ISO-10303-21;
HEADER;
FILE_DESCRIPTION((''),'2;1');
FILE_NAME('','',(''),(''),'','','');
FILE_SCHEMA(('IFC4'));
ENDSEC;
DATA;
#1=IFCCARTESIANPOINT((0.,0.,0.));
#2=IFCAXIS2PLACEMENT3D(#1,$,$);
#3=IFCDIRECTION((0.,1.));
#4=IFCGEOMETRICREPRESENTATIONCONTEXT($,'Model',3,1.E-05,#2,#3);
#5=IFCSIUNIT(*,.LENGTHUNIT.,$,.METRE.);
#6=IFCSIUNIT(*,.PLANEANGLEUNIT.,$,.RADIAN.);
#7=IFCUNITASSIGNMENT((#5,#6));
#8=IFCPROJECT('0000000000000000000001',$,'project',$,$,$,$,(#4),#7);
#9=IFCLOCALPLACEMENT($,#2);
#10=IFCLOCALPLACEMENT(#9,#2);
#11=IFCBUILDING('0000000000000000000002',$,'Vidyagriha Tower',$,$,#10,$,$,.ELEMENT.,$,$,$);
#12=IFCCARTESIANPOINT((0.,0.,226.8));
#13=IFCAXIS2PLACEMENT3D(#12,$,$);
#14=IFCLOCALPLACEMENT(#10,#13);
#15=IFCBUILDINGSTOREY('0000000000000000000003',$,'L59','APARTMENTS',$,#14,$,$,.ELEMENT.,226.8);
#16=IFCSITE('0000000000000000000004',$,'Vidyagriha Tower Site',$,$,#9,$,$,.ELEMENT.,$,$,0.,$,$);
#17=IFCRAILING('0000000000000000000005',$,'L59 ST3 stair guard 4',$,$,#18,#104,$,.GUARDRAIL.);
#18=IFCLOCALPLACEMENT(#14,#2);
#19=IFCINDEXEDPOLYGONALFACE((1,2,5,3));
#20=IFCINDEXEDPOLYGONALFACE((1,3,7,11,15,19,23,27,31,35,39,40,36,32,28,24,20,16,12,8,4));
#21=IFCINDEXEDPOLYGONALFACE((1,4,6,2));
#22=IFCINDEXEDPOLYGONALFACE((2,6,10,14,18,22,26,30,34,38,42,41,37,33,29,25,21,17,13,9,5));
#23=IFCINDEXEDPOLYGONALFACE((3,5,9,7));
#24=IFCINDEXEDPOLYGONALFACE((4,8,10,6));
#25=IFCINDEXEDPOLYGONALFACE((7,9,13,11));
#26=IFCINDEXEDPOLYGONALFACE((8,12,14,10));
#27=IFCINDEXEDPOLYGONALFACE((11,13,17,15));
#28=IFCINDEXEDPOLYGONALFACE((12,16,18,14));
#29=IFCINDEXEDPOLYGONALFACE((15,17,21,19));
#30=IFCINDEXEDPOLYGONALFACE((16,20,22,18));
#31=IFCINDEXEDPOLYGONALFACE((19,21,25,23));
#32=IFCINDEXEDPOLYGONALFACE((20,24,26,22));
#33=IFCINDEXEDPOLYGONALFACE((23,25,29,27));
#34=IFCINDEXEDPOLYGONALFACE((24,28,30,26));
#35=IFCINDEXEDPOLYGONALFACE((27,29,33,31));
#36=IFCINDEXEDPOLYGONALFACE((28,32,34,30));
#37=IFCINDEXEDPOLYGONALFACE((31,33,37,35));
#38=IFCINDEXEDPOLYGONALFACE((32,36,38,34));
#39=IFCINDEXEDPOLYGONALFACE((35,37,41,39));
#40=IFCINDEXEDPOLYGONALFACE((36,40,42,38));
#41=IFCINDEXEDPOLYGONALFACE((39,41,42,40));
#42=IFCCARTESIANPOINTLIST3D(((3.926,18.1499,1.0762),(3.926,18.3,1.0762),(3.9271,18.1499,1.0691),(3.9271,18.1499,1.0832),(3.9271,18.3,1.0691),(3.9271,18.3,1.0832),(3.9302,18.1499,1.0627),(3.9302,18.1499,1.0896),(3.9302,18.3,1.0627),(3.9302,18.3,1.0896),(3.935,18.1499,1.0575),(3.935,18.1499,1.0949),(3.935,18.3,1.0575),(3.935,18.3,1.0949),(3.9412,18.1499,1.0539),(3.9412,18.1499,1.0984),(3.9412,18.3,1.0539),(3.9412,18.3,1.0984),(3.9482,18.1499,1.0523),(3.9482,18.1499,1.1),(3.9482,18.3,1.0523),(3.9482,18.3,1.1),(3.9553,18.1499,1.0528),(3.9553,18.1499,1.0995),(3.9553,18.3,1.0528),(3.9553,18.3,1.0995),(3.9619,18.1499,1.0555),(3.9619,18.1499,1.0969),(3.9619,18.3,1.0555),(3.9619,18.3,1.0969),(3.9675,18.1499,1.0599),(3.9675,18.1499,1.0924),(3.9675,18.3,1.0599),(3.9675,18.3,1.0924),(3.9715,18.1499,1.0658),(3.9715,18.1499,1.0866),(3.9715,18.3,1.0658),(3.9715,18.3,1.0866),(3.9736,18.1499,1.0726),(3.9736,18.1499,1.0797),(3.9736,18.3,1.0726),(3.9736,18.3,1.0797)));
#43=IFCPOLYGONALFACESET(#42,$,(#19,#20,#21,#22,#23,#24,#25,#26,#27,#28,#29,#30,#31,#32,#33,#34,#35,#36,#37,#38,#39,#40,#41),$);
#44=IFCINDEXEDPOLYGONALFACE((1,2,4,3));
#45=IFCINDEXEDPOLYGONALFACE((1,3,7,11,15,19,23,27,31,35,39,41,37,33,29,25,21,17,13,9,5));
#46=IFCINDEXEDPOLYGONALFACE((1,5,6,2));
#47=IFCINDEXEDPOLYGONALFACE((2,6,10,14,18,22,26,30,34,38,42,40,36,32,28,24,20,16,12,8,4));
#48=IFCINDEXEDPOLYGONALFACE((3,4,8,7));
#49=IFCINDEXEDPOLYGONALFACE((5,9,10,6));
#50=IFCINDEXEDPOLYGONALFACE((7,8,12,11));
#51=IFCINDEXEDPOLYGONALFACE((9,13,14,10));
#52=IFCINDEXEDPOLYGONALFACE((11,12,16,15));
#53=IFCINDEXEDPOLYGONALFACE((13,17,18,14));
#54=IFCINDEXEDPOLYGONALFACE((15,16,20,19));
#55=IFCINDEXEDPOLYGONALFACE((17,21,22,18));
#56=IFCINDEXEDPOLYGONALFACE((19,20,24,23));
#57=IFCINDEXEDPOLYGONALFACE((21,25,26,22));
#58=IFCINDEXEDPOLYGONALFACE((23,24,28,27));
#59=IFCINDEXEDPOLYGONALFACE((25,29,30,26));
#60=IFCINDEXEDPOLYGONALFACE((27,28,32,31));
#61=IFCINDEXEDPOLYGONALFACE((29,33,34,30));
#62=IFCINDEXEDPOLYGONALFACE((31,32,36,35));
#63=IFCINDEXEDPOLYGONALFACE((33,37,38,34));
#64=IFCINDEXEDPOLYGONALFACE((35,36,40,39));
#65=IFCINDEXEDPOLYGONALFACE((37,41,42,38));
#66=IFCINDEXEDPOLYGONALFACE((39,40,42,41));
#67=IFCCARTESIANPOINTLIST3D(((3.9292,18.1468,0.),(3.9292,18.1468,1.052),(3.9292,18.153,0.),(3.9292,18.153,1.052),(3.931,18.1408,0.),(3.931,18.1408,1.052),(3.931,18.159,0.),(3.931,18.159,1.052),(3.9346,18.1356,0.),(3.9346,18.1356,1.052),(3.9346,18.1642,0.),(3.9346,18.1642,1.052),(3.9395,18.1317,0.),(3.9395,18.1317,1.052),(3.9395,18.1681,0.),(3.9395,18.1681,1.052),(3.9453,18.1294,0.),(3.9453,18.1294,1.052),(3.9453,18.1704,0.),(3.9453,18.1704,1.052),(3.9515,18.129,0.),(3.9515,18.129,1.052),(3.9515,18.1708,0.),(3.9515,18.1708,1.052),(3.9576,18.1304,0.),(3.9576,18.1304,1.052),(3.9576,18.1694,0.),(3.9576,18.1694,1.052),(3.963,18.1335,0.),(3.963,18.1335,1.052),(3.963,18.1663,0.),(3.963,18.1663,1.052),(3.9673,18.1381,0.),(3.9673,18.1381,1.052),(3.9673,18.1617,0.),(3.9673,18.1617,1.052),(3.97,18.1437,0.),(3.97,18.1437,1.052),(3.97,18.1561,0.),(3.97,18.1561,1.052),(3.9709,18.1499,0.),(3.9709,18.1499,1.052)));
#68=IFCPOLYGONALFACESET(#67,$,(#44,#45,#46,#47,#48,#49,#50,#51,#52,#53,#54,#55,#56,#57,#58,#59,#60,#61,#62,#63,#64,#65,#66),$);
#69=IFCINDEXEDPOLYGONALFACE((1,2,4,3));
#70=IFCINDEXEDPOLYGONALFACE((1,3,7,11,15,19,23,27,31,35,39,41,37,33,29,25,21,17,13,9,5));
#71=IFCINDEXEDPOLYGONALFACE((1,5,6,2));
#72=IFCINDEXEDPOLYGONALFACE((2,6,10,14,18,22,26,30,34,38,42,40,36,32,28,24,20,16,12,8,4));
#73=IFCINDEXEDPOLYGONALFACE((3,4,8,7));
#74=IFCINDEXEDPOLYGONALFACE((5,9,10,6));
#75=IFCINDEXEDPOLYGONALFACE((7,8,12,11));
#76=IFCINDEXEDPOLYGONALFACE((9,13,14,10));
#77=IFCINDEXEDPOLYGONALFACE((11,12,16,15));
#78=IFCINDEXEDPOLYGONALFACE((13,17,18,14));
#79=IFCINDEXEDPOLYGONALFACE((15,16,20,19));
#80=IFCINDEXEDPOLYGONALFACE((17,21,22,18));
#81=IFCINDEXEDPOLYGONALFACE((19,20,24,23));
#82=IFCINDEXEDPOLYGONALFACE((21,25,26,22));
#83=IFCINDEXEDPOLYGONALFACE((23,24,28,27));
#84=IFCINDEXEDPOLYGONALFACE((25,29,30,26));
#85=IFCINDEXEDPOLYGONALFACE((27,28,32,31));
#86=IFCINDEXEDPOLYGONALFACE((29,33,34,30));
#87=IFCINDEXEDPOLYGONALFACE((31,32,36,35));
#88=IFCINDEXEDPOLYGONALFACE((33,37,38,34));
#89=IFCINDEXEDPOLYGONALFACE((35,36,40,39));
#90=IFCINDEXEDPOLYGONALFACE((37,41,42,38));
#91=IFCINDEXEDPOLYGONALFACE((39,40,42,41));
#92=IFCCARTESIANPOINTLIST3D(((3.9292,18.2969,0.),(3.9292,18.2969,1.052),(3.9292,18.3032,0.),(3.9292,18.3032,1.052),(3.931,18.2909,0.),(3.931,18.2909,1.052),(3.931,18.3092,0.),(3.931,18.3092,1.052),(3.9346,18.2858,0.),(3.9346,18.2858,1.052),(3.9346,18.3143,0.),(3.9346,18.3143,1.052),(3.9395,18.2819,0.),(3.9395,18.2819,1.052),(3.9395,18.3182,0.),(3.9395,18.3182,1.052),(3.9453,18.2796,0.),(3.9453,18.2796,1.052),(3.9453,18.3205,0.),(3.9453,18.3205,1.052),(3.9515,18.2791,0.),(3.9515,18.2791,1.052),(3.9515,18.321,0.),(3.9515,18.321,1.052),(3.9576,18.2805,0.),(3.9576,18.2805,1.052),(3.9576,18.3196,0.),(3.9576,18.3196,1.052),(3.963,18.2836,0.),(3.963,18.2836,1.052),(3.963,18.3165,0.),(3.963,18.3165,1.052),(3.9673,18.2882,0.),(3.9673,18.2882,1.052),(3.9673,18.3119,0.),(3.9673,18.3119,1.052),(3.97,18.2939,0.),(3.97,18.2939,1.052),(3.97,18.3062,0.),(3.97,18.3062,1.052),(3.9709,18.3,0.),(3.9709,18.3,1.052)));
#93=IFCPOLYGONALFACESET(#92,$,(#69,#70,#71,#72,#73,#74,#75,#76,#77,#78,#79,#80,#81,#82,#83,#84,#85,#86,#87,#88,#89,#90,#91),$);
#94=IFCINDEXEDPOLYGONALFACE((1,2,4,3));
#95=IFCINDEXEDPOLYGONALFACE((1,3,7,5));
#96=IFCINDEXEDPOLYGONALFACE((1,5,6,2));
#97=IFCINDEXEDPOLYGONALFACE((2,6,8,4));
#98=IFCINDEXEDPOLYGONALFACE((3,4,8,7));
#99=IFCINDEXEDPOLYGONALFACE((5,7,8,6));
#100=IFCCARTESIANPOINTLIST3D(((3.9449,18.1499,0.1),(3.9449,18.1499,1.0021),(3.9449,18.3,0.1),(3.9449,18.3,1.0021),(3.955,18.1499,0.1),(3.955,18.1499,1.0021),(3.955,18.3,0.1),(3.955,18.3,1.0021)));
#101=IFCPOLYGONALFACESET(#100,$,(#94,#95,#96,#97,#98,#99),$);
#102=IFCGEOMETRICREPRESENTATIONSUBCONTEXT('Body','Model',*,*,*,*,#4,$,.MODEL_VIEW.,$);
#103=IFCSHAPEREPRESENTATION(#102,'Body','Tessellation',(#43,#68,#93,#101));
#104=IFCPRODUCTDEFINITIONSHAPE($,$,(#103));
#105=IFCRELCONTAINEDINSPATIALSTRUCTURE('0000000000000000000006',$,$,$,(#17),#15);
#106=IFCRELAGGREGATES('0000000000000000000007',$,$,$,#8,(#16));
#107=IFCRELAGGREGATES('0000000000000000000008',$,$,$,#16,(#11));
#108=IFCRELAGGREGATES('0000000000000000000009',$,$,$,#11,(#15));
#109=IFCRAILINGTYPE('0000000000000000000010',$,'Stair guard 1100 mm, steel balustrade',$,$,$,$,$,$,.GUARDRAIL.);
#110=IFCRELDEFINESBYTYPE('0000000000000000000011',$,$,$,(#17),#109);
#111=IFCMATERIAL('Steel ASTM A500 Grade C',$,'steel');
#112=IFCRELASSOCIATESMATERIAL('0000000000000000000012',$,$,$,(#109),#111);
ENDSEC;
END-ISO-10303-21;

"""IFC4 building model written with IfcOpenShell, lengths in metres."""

from ifc_helpers import new_model, si_unit, direction, frame, origin, origin_2d, place, context, subcontext, project, spatial, rectangle, circle, extrude, material, type_object, element, save


model = new_model("IFC4")

# Units and contexts
model_context = context("Model", 3, precision=1e-05, world=origin(), true_north=direction((0.0, 1.0)))
body_context = subcontext(model_context, "Body", "Model", "MODEL_VIEW")
ifc_project = project(units=[si_unit("LENGTHUNIT", "METRE"), si_unit("PLANEANGLEUNIT", "RADIAN")], contexts=[model_context])

# Site, building, storey
site_placement = place(None, origin())
site = spatial("IfcSite", under=ifc_project, at=site_placement, Name="Vidyagriha Tower Site", CompositionType="ELEMENT", RefElevation=0.0)
building_placement = place(site_placement, origin())
building = spatial("IfcBuilding", under=site, at=building_placement, Name="Vidyagriha Tower", CompositionType="ELEMENT")
storey_placement = place(building_placement, frame((0.0, 0.0, 226.8)))
storey = spatial("IfcBuildingStorey", under=building, at=storey_placement, Name="L59", Description="APARTMENTS", CompositionType="ELEMENT", Elevation=226.8)

# Railing
ifc_material_1 = material(Name="Steel ASTM A500 Grade C", Category="steel")
railing_type_1 = type_object("IfcRailingType", Name="Stair guard 1100 mm, steel balustrade", PredefinedType="GUARDRAIL", material=ifc_material_1)
railing_1_placement = place(storey_placement, frame((3.95, 18.1499, 0.0)))
element("IfcRailing", 1, at=railing_1_placement, inside=storey, type_object=railing_type_1, Name="L59 ST3 stair guard 4", PredefinedType="GUARDRAIL", context=body_context, shape_type="SweptSolid", body=[
    extrude(circle(Radius=0.0239, at=origin_2d()), frame((0.0, 0.0, 1.0762), z_axis=(0.0, 1.0, 0.0), x_axis=(-1.0, 0.0, 0.0)), (0.0, 0.0, 1.0), 0.1501),
    extrude(circle(Radius=0.021, at=origin_2d()), origin(), (0.0, 0.0, 1.0), 1.052),
    extrude(circle(Radius=0.021, at=origin_2d()), frame((0.0, 0.1501, 0.0)), (0.0, 0.0, 1.0), 1.052),
    extrude(rectangle(XDim=0.01, YDim=0.9021, at=origin_2d()), frame((0.0, 0.0, 0.551), z_axis=(0.0, 1.0, 0.0), x_axis=(-1.0, 0.0, 0.0)), (0.0, 0.0, 1.0), 0.1501),
])

save(model, "model.ifc")
